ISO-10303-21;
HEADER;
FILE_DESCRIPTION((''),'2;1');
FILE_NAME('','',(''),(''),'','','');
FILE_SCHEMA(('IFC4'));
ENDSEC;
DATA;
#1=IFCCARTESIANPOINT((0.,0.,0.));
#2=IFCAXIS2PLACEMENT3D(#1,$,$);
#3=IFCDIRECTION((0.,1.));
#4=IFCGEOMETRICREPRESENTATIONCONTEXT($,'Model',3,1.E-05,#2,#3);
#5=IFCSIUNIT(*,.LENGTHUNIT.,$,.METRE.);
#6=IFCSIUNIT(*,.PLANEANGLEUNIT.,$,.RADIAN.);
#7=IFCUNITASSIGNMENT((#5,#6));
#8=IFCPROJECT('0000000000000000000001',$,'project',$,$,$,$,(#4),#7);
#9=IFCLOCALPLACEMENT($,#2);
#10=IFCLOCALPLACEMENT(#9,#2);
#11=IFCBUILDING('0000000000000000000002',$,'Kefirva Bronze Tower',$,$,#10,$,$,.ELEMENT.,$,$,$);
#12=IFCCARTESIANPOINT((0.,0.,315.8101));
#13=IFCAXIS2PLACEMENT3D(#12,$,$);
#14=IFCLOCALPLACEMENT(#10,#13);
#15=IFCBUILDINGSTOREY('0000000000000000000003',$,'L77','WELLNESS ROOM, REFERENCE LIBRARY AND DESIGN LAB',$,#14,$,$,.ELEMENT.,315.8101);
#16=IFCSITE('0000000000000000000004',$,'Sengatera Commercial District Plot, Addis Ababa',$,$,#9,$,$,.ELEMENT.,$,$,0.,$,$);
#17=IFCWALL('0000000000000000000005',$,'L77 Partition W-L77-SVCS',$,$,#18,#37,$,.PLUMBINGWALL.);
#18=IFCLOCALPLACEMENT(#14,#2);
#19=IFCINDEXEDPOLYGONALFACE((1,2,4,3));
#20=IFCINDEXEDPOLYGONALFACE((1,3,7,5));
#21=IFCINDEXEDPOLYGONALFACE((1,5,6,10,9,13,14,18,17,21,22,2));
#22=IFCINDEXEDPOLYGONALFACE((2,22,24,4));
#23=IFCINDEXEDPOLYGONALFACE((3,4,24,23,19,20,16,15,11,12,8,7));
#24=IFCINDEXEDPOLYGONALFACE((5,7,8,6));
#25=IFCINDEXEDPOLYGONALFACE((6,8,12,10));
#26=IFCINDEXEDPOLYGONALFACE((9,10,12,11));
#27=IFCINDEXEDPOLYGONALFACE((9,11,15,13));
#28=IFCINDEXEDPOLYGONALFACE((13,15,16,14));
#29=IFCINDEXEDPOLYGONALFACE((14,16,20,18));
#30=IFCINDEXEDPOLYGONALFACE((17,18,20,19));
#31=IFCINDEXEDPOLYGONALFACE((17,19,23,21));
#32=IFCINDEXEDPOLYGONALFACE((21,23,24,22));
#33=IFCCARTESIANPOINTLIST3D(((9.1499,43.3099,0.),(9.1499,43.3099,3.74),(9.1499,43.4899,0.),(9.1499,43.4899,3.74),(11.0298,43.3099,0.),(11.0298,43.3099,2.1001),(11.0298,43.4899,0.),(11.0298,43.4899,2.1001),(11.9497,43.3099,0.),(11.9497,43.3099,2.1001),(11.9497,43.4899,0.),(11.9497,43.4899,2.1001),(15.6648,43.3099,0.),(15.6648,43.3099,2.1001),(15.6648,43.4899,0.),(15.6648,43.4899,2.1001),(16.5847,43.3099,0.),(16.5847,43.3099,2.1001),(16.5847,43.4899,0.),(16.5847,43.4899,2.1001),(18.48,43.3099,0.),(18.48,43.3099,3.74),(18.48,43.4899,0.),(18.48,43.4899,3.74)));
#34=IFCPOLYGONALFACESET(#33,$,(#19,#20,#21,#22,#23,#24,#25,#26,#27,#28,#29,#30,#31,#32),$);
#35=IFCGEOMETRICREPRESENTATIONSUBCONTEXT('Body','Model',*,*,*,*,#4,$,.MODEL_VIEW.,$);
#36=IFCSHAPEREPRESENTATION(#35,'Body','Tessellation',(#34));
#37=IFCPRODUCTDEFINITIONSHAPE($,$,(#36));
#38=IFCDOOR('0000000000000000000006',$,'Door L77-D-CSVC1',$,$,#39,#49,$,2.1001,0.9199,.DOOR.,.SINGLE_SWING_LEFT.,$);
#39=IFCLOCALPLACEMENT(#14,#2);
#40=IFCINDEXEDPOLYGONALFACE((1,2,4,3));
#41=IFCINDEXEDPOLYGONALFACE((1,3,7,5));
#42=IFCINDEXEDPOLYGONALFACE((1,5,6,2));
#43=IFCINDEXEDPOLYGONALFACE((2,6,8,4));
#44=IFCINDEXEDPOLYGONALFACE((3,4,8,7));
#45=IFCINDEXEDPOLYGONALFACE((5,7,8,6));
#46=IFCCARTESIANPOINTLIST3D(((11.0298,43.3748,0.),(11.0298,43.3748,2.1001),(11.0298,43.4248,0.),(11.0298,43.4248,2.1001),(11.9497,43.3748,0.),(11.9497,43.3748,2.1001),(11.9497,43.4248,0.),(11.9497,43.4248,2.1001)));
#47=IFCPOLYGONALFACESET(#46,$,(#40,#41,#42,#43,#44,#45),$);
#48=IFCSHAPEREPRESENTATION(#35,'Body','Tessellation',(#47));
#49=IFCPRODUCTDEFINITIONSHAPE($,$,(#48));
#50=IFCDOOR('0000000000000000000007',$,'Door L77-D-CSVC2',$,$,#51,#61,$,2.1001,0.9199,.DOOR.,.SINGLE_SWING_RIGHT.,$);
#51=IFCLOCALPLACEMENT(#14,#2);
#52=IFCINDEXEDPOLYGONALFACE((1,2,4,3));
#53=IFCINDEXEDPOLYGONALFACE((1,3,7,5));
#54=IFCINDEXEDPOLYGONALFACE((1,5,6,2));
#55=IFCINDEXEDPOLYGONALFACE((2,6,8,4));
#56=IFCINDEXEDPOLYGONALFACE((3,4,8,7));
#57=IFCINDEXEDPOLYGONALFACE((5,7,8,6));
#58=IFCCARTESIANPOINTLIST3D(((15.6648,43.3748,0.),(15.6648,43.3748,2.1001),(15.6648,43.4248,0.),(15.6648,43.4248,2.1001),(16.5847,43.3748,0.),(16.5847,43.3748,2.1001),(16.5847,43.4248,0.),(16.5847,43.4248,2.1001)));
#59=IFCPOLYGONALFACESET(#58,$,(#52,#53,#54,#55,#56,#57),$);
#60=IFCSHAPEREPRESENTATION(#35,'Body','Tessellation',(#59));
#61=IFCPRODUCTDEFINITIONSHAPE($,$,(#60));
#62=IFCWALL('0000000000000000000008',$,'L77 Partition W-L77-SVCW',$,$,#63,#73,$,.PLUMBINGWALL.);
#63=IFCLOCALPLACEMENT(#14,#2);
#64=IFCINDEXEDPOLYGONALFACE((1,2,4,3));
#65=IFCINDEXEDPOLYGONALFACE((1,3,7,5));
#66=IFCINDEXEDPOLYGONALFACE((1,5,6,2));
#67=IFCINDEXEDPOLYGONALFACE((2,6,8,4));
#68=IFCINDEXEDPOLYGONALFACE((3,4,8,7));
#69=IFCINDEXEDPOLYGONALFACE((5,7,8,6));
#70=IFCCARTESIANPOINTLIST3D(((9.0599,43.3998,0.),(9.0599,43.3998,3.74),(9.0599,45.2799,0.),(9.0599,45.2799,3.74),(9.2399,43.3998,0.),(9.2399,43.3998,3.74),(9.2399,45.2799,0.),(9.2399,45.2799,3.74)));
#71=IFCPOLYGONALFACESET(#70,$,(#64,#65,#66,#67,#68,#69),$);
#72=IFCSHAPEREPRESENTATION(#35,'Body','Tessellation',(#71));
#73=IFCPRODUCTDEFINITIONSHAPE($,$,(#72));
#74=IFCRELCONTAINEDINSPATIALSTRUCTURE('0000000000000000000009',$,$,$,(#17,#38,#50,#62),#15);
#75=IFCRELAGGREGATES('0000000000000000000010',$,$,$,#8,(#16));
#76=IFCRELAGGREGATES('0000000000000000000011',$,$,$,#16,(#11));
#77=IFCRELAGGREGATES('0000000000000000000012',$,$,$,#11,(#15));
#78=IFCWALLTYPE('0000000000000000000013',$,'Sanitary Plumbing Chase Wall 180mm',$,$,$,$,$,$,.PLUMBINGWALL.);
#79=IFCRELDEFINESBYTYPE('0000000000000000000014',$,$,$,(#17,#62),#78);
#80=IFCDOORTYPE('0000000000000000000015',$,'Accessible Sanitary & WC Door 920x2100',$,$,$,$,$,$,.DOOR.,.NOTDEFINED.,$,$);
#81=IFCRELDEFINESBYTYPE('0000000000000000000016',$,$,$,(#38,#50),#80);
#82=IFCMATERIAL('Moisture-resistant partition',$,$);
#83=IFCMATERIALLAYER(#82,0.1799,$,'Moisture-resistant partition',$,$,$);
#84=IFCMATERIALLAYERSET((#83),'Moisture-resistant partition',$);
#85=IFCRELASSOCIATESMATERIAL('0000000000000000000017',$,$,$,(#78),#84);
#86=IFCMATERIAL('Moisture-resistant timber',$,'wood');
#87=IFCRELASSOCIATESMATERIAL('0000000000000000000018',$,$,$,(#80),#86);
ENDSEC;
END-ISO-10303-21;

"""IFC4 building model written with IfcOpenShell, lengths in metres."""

from ifc_helpers import new_model, si_unit, direction, frame, frame_2d, origin, place, context, subcontext, project, spatial, rectangle, extrude, material, layer, layer_set, type_object, element, fill, save


model = new_model("IFC4")

# Units and contexts
model_context = context("Model", 3, precision=1e-05, world=origin(), true_north=direction((0.0, 1.0)))
body_context = subcontext(model_context, "Body", "Model", "MODEL_VIEW")
ifc_project = project(units=[si_unit("LENGTHUNIT", "METRE"), si_unit("PLANEANGLEUNIT", "RADIAN")], contexts=[model_context])

# Site, building, storey
site_placement = place(None, origin())
site = spatial("IfcSite", under=ifc_project, at=site_placement, Name="Sengatera Commercial District Plot, Addis Ababa", CompositionType="ELEMENT", RefElevation=0.0)
building_placement = place(site_placement, origin())
building = spatial("IfcBuilding", under=site, at=building_placement, Name="Kefirva Bronze Tower", CompositionType="ELEMENT")
storey_placement = place(building_placement, frame((0.0, 0.0, 315.8101)))
storey = spatial("IfcBuildingStorey", under=building, at=storey_placement, Name="L77", Description="WELLNESS ROOM, REFERENCE LIBRARY AND DESIGN LAB", CompositionType="ELEMENT", Elevation=315.8101)

# Wall, openings, doors
ifc_material_1 = material(Name="Moisture-resistant partition")
ifc_layer_1 = layer(ifc_material_1, 0.1799, Name="Moisture-resistant partition")
ifc_layer_set_1 = layer_set([ifc_layer_1], Name="Moisture-resistant partition")
wall_type_1 = type_object("IfcWallType", Name="Sanitary Plumbing Chase Wall 180mm", PredefinedType="PLUMBINGWALL", material=ifc_layer_set_1)
wall_1_placement = place(storey_placement, frame((9.1499, 43.3999, 0.0), z_axis=(0.0, 0.0, 1.0), x_axis=(1.0, 0.0, 0.0)))
wall_1 = element("IfcWall", 1, at=wall_1_placement, inside=storey, type_object=wall_type_1, Name="L77 Partition W-L77-SVCS", PredefinedType="PLUMBINGWALL", context=body_context, shape_type="SweptSolid", body=[
    extrude(rectangle(XDim=9.3301, YDim=0.1799, at=frame_2d((4.665, 0.0))), origin(), (0.0, 0.0, 1.0), 3.74),
])
opening_1_placement = place(wall_1_placement, frame((1.8799, 0.0, 0.0)))
opening_1 = element("IfcOpeningElement", 2, at=opening_1_placement, cuts=wall_1, PredefinedType="OPENING", context=body_context, shape_type="SweptSolid", body=[
    extrude(rectangle(XDim=0.9199, YDim=2.1001, at=frame_2d((0.46, 1.05))), frame((0.0, 0.1001, 0.0), z_axis=(0.0, -1.0, 0.0), x_axis=(1.0, 0.0, 0.0)), (0.0, 0.0, 1.0), 0.2),
])
opening_2_placement = place(wall_1_placement, frame((6.5149, 0.0, 0.0)))
opening_2 = element("IfcOpeningElement", 3, at=opening_2_placement, cuts=wall_1, PredefinedType="OPENING", context=body_context, shape_type="SweptSolid", body=[
    extrude(rectangle(XDim=0.9199, YDim=2.1001, at=frame_2d((0.46, 1.05))), frame((0.0, 0.1001, 0.0), z_axis=(0.0, -1.0, 0.0), x_axis=(1.0, 0.0, 0.0)), (0.0, 0.0, 1.0), 0.2),
])
ifc_material_2 = material(Name="Moisture-resistant timber", Category="wood")
door_type_1 = type_object("IfcDoorType", Name="Accessible Sanitary & WC Door 920x2100", OperationType="NOTDEFINED", PredefinedType="DOOR", material=ifc_material_2)
door_1_placement = place(opening_1_placement, origin())
door_1 = element("IfcDoor", 4, at=door_1_placement, inside=storey, type_object=door_type_1, Name="Door L77-D-CSVC1", OperationType="SINGLE_SWING_LEFT", OverallHeight=2.1001, OverallWidth=0.9199, PredefinedType="DOOR", context=body_context, shape_type="SweptSolid", body=[
    extrude(rectangle(XDim=0.9199, YDim=2.1001, at=frame_2d((0.46, 1.05))), frame((0.0, 0.0249, 0.0), z_axis=(0.0, -1.0, 0.0), x_axis=(1.0, 0.0, 0.0)), (0.0, 0.0, 1.0), 0.05),
])
fill(opening_1, door_1)
door_2_placement = place(opening_2_placement, origin())
door_2 = element("IfcDoor", 5, at=door_2_placement, inside=storey, type_object=door_type_1, Name="Door L77-D-CSVC2", OperationType="SINGLE_SWING_RIGHT", OverallHeight=2.1001, OverallWidth=0.9199, PredefinedType="DOOR", context=body_context, shape_type="SweptSolid", body=[
    extrude(rectangle(XDim=0.9199, YDim=2.1001, at=frame_2d((0.46, 1.05))), frame((0.0, 0.0249, 0.0), z_axis=(0.0, -1.0, 0.0), x_axis=(1.0, 0.0, 0.0)), (0.0, 0.0, 1.0), 0.05),
])
fill(opening_2, door_2)

# Wall
wall_2_placement = place(storey_placement, frame((9.1499, 43.3999, 0.0), z_axis=(0.0, 0.0, 1.0), x_axis=(0.0, 1.0, 0.0)))
element("IfcWall", 6, at=wall_2_placement, inside=storey, type_object=wall_type_1, Name="L77 Partition W-L77-SVCW", PredefinedType="PLUMBINGWALL", context=body_context, shape_type="SweptSolid", body=[
    extrude(rectangle(XDim=1.8801, YDim=0.1799, at=frame_2d((0.9399, 0.0))), origin(), (0.0, 0.0, 1.0), 3.74),
])

save(model, "model.ifc")
